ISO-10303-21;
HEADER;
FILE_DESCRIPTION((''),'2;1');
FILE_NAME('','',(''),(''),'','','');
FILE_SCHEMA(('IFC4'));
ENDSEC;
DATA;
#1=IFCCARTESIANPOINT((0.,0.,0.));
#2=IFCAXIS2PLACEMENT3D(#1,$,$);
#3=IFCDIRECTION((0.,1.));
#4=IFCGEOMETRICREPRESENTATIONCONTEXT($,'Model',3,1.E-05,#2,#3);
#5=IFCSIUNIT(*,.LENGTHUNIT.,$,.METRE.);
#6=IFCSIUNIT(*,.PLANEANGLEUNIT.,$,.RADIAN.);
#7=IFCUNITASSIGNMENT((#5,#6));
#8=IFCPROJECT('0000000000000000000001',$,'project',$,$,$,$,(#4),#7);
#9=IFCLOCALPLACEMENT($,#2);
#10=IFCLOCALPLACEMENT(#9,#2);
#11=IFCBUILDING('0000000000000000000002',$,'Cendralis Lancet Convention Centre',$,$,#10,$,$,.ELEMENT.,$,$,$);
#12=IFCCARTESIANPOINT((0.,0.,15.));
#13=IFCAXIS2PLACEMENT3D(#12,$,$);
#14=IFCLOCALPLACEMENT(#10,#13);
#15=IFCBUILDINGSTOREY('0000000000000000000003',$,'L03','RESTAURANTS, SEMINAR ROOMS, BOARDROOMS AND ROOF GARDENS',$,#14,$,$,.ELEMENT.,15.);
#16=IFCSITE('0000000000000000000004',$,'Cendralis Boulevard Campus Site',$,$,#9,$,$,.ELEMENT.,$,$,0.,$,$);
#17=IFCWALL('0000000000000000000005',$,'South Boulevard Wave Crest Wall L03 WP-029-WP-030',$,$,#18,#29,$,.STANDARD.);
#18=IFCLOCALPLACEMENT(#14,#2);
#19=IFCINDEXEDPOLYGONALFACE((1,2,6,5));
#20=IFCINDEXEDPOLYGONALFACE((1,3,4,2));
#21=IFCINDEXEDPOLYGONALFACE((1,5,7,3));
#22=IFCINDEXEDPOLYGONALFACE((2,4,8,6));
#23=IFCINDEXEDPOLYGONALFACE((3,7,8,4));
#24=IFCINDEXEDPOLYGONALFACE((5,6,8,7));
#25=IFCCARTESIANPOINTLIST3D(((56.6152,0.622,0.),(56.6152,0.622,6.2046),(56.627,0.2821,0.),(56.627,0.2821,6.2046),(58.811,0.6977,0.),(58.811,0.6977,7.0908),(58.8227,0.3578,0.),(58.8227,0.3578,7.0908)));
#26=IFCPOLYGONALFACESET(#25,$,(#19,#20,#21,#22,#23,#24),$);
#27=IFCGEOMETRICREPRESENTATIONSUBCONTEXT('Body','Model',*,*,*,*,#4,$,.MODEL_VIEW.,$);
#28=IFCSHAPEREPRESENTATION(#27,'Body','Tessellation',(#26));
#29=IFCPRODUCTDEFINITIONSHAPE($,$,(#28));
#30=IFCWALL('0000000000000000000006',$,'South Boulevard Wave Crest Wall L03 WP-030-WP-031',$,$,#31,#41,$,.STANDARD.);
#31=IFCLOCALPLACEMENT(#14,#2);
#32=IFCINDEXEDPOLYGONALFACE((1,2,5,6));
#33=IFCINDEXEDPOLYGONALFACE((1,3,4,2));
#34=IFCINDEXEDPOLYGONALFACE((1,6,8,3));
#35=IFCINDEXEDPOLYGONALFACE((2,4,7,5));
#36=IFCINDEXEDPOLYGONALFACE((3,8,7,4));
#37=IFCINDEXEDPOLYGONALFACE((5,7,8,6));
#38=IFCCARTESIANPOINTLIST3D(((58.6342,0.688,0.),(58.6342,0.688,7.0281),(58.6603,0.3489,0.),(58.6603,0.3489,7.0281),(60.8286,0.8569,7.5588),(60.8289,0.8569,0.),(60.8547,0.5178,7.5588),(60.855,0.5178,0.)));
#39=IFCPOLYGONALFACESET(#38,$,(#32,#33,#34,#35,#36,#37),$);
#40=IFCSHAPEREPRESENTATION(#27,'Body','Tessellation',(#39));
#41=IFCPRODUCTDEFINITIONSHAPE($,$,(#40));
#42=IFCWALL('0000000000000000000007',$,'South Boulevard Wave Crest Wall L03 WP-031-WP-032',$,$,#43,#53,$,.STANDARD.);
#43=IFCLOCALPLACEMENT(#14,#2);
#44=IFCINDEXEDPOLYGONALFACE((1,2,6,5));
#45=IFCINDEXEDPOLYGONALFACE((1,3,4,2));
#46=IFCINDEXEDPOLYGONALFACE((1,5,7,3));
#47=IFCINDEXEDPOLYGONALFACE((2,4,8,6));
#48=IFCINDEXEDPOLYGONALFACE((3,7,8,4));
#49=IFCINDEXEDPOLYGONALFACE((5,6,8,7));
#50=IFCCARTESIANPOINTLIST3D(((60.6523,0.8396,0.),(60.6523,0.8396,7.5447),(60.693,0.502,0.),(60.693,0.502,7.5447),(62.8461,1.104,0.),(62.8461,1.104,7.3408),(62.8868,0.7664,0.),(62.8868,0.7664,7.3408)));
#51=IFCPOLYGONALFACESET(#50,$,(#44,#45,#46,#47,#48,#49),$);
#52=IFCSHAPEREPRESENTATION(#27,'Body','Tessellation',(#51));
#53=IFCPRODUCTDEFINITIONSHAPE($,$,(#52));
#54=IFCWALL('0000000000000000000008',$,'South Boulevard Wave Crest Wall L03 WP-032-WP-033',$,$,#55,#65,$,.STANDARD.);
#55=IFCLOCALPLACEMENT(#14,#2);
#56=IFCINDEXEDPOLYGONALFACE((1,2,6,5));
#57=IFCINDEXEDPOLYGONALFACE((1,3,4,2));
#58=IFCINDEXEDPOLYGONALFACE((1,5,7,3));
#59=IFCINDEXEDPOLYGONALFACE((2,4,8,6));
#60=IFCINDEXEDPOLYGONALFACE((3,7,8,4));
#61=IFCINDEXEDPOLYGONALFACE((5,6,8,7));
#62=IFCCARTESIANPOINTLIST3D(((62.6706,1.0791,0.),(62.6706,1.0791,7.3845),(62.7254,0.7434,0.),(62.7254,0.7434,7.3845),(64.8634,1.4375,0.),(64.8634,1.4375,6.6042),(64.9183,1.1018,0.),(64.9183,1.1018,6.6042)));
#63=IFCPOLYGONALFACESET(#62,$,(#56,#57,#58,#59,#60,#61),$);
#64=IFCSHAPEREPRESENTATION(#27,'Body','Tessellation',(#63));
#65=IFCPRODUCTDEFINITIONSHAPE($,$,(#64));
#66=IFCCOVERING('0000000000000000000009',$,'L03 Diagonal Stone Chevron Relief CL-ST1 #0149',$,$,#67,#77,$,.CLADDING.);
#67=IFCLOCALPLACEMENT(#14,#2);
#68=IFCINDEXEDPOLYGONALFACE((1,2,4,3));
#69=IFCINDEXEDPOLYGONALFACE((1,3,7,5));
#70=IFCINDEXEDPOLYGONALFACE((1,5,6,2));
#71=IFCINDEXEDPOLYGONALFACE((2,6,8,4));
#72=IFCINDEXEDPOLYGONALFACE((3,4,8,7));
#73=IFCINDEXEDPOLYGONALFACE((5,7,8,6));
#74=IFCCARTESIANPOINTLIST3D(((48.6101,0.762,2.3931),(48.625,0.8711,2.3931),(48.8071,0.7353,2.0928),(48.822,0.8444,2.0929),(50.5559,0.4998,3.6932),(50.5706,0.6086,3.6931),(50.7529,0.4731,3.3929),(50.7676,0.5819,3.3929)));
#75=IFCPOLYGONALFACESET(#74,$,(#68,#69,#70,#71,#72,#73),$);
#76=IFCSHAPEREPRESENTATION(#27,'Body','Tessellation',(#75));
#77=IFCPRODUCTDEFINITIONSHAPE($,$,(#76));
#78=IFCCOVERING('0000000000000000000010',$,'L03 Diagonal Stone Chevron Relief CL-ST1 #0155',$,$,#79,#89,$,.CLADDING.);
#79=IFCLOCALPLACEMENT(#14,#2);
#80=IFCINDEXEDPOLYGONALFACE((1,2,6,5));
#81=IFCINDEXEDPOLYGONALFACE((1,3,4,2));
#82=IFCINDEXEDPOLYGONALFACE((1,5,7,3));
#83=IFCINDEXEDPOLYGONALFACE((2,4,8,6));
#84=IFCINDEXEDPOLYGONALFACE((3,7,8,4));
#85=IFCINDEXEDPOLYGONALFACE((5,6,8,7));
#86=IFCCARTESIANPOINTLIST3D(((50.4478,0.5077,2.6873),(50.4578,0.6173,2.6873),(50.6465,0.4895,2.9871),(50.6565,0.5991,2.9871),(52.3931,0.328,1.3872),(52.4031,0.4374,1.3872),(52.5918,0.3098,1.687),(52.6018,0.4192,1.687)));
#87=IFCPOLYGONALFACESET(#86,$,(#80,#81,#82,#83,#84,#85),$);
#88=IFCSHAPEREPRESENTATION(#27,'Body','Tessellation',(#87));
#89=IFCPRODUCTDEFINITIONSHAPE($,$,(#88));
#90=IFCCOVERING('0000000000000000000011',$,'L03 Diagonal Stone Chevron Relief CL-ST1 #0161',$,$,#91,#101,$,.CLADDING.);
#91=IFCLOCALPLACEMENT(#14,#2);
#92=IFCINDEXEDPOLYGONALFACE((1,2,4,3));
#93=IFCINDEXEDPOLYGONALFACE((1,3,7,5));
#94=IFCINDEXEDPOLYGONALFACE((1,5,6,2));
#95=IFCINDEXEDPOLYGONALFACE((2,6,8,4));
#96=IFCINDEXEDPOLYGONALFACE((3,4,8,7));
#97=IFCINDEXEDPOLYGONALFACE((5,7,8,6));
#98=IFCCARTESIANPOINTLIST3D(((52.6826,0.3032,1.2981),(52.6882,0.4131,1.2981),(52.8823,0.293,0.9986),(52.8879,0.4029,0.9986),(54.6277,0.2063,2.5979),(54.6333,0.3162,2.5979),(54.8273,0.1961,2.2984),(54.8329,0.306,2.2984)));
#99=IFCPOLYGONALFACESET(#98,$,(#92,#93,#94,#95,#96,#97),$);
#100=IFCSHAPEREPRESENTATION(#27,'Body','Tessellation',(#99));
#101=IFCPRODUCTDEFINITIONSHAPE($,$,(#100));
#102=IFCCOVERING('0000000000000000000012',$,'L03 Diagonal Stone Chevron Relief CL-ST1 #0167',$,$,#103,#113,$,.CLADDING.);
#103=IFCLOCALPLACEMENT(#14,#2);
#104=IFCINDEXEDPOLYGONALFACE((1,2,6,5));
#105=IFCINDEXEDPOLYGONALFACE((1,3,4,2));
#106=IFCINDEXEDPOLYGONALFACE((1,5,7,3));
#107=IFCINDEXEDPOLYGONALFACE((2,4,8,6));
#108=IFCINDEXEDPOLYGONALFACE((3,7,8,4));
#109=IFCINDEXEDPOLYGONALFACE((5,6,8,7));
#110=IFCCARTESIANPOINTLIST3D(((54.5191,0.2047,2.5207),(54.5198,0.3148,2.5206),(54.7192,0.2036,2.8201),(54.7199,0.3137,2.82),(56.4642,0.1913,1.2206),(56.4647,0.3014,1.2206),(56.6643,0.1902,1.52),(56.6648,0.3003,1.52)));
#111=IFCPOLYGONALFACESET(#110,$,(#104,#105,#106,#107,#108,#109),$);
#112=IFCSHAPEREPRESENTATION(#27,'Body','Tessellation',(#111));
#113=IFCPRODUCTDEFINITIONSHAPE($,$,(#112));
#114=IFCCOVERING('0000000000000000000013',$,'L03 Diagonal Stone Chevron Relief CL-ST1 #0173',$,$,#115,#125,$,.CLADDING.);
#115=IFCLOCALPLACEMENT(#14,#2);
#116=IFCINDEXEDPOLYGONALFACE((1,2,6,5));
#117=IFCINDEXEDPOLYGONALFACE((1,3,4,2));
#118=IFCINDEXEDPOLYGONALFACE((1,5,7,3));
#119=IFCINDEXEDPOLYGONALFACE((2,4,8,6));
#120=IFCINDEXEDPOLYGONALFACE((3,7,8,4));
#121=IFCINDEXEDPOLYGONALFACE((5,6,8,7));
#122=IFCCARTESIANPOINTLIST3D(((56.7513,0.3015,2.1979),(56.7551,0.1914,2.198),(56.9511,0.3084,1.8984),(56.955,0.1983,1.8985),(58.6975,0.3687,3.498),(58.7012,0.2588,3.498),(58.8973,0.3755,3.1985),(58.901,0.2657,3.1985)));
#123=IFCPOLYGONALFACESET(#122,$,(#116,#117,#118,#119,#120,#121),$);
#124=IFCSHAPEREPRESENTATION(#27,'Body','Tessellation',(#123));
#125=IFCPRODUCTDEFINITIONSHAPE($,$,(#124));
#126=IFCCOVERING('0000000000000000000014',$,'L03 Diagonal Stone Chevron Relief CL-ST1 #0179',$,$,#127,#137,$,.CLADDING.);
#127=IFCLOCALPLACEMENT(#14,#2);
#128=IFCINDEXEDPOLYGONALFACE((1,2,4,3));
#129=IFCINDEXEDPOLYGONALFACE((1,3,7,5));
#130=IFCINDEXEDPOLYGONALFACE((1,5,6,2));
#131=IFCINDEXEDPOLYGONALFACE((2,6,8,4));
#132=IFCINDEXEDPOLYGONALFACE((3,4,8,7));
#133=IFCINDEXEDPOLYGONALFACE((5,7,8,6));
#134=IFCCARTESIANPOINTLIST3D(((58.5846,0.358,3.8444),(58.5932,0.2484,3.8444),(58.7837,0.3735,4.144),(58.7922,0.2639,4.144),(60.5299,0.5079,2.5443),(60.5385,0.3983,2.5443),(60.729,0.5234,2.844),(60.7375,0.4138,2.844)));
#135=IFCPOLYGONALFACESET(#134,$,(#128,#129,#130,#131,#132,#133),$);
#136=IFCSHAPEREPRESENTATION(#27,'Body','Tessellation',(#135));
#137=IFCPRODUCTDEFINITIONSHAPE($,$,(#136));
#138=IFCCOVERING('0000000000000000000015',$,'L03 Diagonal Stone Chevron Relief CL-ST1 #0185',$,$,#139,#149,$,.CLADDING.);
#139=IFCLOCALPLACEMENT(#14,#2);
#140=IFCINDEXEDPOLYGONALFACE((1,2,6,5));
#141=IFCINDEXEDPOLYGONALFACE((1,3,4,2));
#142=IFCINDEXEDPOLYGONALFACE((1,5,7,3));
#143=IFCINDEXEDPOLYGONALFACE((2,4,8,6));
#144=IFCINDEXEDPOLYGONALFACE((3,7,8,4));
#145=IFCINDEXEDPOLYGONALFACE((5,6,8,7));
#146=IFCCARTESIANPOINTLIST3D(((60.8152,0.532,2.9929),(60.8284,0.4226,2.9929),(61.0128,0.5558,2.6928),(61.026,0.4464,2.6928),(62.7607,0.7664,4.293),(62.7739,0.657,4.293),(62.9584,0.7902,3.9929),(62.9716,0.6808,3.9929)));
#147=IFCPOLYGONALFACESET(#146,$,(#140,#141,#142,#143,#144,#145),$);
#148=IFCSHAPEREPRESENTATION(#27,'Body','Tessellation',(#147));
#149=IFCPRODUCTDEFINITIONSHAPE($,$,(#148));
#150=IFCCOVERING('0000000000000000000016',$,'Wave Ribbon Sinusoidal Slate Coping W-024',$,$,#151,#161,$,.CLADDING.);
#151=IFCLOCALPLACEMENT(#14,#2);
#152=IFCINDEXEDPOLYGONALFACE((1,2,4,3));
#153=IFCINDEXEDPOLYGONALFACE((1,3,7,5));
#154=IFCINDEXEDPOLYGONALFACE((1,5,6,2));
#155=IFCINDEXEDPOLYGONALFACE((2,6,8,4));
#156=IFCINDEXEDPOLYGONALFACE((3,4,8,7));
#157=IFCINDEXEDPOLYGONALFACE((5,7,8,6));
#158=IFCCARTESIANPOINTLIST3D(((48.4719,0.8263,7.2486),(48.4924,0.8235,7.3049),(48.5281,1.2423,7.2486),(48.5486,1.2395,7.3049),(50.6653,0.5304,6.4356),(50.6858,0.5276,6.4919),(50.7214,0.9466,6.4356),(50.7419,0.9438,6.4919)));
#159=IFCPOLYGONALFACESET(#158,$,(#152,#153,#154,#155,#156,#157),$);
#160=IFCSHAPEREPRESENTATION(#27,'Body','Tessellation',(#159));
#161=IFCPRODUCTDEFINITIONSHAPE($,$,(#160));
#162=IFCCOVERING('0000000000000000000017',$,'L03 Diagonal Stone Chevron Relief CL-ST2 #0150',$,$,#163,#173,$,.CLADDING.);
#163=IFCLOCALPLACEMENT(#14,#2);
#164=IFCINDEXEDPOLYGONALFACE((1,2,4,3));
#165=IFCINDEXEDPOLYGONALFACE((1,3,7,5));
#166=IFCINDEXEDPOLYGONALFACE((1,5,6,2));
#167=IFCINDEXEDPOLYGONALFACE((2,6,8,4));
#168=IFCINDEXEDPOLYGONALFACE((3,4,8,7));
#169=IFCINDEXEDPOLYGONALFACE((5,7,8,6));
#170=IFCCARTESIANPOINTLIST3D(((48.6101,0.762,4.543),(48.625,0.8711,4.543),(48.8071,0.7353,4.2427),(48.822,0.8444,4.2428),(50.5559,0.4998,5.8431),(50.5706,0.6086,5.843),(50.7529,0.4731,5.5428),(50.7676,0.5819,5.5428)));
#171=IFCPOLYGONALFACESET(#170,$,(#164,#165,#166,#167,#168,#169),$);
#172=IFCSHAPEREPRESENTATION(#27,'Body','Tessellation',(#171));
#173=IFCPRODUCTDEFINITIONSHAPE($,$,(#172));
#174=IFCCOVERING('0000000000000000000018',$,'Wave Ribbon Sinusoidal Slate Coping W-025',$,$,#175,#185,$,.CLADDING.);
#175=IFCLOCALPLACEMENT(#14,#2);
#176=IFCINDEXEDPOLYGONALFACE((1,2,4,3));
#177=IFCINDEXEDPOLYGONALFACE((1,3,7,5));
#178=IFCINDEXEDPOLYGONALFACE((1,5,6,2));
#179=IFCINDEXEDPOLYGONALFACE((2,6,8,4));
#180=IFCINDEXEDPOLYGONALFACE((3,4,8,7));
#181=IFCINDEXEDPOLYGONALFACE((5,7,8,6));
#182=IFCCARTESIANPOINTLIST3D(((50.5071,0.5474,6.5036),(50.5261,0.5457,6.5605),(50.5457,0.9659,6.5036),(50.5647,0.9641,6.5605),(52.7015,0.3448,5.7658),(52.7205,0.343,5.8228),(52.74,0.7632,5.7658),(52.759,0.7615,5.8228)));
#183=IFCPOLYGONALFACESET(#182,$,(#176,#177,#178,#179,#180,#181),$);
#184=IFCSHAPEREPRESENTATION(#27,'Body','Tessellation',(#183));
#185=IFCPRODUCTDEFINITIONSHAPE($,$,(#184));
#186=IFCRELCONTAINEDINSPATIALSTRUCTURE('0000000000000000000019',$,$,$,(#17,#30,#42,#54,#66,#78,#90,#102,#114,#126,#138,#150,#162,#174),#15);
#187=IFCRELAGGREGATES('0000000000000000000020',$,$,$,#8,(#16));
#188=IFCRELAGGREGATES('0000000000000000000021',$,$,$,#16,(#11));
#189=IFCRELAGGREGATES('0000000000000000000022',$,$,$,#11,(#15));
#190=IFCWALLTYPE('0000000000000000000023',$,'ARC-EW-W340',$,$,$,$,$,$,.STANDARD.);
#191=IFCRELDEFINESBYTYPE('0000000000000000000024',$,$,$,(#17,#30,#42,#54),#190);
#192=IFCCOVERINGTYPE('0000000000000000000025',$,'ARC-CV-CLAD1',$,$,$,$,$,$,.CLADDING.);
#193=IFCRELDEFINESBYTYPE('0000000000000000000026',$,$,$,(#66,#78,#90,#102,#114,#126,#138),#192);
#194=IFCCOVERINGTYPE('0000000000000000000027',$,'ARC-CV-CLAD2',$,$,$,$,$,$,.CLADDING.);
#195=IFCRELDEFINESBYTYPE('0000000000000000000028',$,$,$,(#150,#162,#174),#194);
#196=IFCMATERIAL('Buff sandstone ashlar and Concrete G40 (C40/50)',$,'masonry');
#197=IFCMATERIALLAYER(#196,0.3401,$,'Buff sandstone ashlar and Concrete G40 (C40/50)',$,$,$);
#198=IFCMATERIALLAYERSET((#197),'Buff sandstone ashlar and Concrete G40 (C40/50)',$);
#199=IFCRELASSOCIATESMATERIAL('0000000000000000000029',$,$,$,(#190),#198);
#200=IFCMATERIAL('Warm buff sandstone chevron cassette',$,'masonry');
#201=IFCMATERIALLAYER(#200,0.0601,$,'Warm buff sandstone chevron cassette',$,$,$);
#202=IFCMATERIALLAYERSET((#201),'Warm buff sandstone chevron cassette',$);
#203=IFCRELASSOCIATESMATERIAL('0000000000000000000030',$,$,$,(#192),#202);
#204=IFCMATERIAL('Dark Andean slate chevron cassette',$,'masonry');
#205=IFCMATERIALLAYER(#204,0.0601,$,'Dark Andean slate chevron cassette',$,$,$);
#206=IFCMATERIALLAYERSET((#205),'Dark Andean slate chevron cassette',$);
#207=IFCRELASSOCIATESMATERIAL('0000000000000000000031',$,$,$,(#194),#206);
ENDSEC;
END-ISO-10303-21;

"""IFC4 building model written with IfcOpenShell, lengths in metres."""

from ifc_helpers import new_model, si_unit, direction, frame, origin, place, context, subcontext, project, spatial, polyline, outline, extrude, material, layer, layer_set, type_object, element, save


model = new_model("IFC4")

# Units and contexts
model_context = context("Model", 3, precision=1e-05, world=origin(), true_north=direction((0.0, 1.0)))
body_context = subcontext(model_context, "Body", "Model", "MODEL_VIEW")
ifc_project = project(units=[si_unit("LENGTHUNIT", "METRE"), si_unit("PLANEANGLEUNIT", "RADIAN")], contexts=[model_context])

# Site, building, storey
site_placement = place(None, origin())
site = spatial("IfcSite", under=ifc_project, at=site_placement, Name="Cendralis Boulevard Campus Site", CompositionType="ELEMENT", RefElevation=0.0)
building_placement = place(site_placement, origin())
building = spatial("IfcBuilding", under=site, at=building_placement, Name="Cendralis Lancet Convention Centre", CompositionType="ELEMENT")
storey_placement = place(building_placement, frame((0.0, 0.0, 15.0)))
storey = spatial("IfcBuildingStorey", under=building, at=storey_placement, Name="L03", Description="RESTAURANTS, SEMINAR ROOMS, BOARDROOMS AND ROOF GARDENS", CompositionType="ELEMENT", Elevation=15.0)

# Shared definitions
ifc_material_1 = material(Name="Warm buff sandstone chevron cassette", Category="masonry")
ifc_material_2 = material(Name="Dark Andean slate chevron cassette", Category="masonry")

# Walls
ifc_material_3 = material(Name="Buff sandstone ashlar and Concrete G40 (C40/50)", Category="masonry")
ifc_layer_1 = layer(ifc_material_3, 0.3401, Name="Buff sandstone ashlar and Concrete G40 (C40/50)")
ifc_layer_set_1 = layer_set([ifc_layer_1], Name="Buff sandstone ashlar and Concrete G40 (C40/50)")
wall_type = type_object("IfcWallType", Name="ARC-EW-W340", PredefinedType="STANDARD", material=ifc_layer_set_1)
wall_1_placement = place(storey_placement, frame((56.6211, 0.4521, 0.0), z_axis=(0.0, 0.0, 1.0), x_axis=(0.999407, 0.034447, 0.0)))
element("IfcWall", 1, at=wall_1_placement, inside=storey, type_object=wall_type, Name="South Boulevard Wave Crest Wall L03 WP-029-WP-030", PredefinedType="STANDARD", context=body_context, shape_type="SweptSolid", body=[
    extrude(outline(polyline([(0.0, 0.0), (2.197, 0.0), (2.197, 7.0908), (0.0, 6.2046), (0.0, 0.0)])), frame((0.0, 0.1699, 0.0), z_axis=(0.0, -1.0, 0.0), x_axis=(1.0, 0.0, 0.0)), (0.0, 0.0, 1.0), 0.3401),
])
wall_2_placement = place(storey_placement, frame((58.6472, 0.5186, 0.0), z_axis=(0.0, 0.0, 1.0), x_axis=(0.99705, 0.076756, 0.0)))
element("IfcWall", 2, at=wall_2_placement, inside=storey, type_object=wall_type, Name="South Boulevard Wave Crest Wall L03 WP-030-WP-031", PredefinedType="STANDARD", context=body_context, shape_type="SweptSolid", body=[
    extrude(outline(polyline([(0.0, 0.0), (2.2012, 0.0), (2.2009, 7.5588), (0.0, 7.0281), (0.0, 0.0)])), frame((0.0, 0.1699, 0.0), z_axis=(0.0, -1.0, 0.0), x_axis=(1.0, 0.0, 0.0)), (0.0, 0.0, 1.0), 0.3401),
])
wall_3_placement = place(storey_placement, frame((60.6726, 0.6709, 0.0), z_axis=(0.0, 0.0, 1.0), x_axis=(0.992816, 0.119655, 0.0)))
element("IfcWall", 3, at=wall_3_placement, inside=storey, type_object=wall_type, Name="South Boulevard Wave Crest Wall L03 WP-031-WP-032", PredefinedType="STANDARD", context=body_context, shape_type="SweptSolid", body=[
    extrude(outline(polyline([(0.0, 0.0), (2.2097, 0.0), (2.2097, 7.3408), (0.0, 7.5447), (0.0, 0.0)])), frame((0.0, 0.1699, 0.0), z_axis=(0.0, -1.0, 0.0), x_axis=(1.0, 0.0, 0.0)), (0.0, 0.0, 1.0), 0.3401),
])
wall_4_placement = place(storey_placement, frame((62.698, 0.9114, 0.0), z_axis=(0.0, 0.0, 1.0), x_axis=(0.986906, 0.161298, 0.0)))
element("IfcWall", 4, at=wall_4_placement, inside=storey, type_object=wall_type, Name="South Boulevard Wave Crest Wall L03 WP-032-WP-033", PredefinedType="STANDARD", context=body_context, shape_type="SweptSolid", body=[
    extrude(outline(polyline([(0.0, 0.0), (2.2219, 0.0), (2.2219, 6.6042), (0.0, 7.3845), (0.0, 0.0)])), frame((0.0, 0.1699, 0.0), z_axis=(0.0, -1.0, 0.0), x_axis=(1.0, 0.0, 0.0)), (0.0, 0.0, 1.0), 0.3401),
])

# Coverings
ifc_layer_2 = layer(ifc_material_1, 0.0601, Name="Warm buff sandstone chevron cassette")
ifc_layer_set_2 = layer_set([ifc_layer_2], Name="Warm buff sandstone chevron cassette")
covering_type_1 = type_object("IfcCoveringType", Name="ARC-CV-CLAD1", PredefinedType="CLADDING", material=ifc_layer_set_2)
covering_1_placement = place(storey_placement, frame((48.6101, 0.762, 2.3931), z_axis=(-0.547109, 0.074132, 0.833772), x_axis=(0.826304, -0.111349, 0.552108)))
element("IfcCovering", 5, at=covering_1_placement, inside=storey, type_object=covering_type_1, Name="L03 Diagonal Stone Chevron Relief CL-ST1 #0149", PredefinedType="CLADDING", context=body_context, shape_type="SweptSolid", body=[
    extrude(outline(polyline([(0.0, 0.0), (2.3548, 0.0), (2.3548, 0.1099), (0.0002, 0.1101), (0.0, 0.0)])), origin(), (0.0, 0.0, -1.0), 0.3601),
])
covering_2_placement = place(storey_placement, frame((50.6465, 0.4895, 2.9871), z_axis=(0.551705, -0.050435, 0.832513), x_axis=(0.828984, -0.076573, -0.554005)))
element("IfcCovering", 6, at=covering_2_placement, inside=storey, type_object=covering_type_1, Name="L03 Diagonal Stone Chevron Relief CL-ST1 #0155", PredefinedType="CLADDING", context=body_context, shape_type="SweptSolid", body=[
    extrude(outline(polyline([(0.0, 0.0), (2.3466, 0.0), (2.3465, 0.1098), (-0.0001, 0.1101), (0.0, 0.0)])), origin(), (0.0, 0.0, -1.0), 0.3601),
])
covering_3_placement = place(storey_placement, frame((52.6826, 0.3032, 1.2981), z_axis=(-0.554415, 0.028337, 0.831758), x_axis=(0.830727, -0.041396, 0.555139)))
element("IfcCovering", 7, at=covering_3_placement, inside=storey, type_object=covering_type_1, Name="L03 Diagonal Stone Chevron Relief CL-ST1 #0161", PredefinedType="CLADDING", context=body_context, shape_type="SweptSolid", body=[
    extrude(outline(polyline([(0.0, 0.0), (2.3414, 0.0), (2.3415, 0.11), (0.0001, 0.11), (0.0, 0.0)])), origin(), (0.0, 0.0, -1.0), 0.3601),
])
covering_4_placement = place(storey_placement, frame((54.7192, 0.2036, 2.8201), z_axis=(0.555694, -0.00308, 0.831381), x_axis=(0.831362, -0.005739, -0.555702)))
element("IfcCovering", 8, at=covering_4_placement, inside=storey, type_object=covering_type_1, Name="L03 Diagonal Stone Chevron Relief CL-ST1 #0167", PredefinedType="CLADDING", context=body_context, shape_type="SweptSolid", body=[
    extrude(outline(polyline([(0.0, 0.0), (2.3396, 0.0), (2.3393, 0.1101), (0.0, 0.1101), (0.0, 0.0)])), origin(), (0.0, 0.0, -1.0), 0.3601),
])
covering_5_placement = place(storey_placement, frame((56.7551, 0.1914, 2.198), z_axis=(-0.554913, -0.019092, 0.831689), x_axis=(0.831191, 0.02878, 0.555241)))
element("IfcCovering", 9, at=covering_5_placement, inside=storey, type_object=covering_type_1, Name="L03 Diagonal Stone Chevron Relief CL-ST1 #0173", PredefinedType="CLADDING", context=body_context, shape_type="SweptSolid", body=[
    extrude(outline(polyline([(0.0, 0.0), (2.3413, 0.0), (2.3414, 0.1099), (-0.0001, 0.1102), (0.0, 0.0)])), origin(), (0.0, 0.0, -1.0), 0.3601),
])
covering_6_placement = place(storey_placement, frame((58.7922, 0.2639, 4.144), z_axis=(0.552825, 0.043093, 0.832182), x_axis=(0.829723, 0.063937, -0.554502)))
element("IfcCovering", 10, at=covering_6_placement, inside=storey, type_object=covering_type_1, Name="L03 Diagonal Stone Chevron Relief CL-ST1 #0179", PredefinedType="CLADDING", context=body_context, shape_type="SweptSolid", body=[
    extrude(outline(polyline([(0.0, 0.0), (2.3445, 0.0), (2.3445, 0.11), (-0.0001, 0.11), (0.0, 0.0)])), origin(), (0.0, 0.0, -1.0), 0.3601),
])
covering_7_placement = place(storey_placement, frame((60.8284, 0.4226, 2.9929), z_axis=(-0.548852, -0.066156, 0.833298), x_axis=(0.827316, 0.099664, 0.552825)))
element("IfcCovering", 11, at=covering_7_placement, inside=storey, type_object=covering_type_1, Name="L03 Diagonal Stone Chevron Relief CL-ST1 #0185", PredefinedType="CLADDING", context=body_context, shape_type="SweptSolid", body=[
    extrude(outline(polyline([(0.0, 0.0), (2.3516, 0.0), (2.3516, 0.1102), (0.0, 0.1102), (0.0, 0.0)])), origin(), (0.0, 0.0, -1.0), 0.3601),
])
ifc_layer_3 = layer(ifc_material_2, 0.0601, Name="Dark Andean slate chevron cassette")
ifc_layer_set_3 = layer_set([ifc_layer_3], Name="Dark Andean slate chevron cassette")
covering_type_2 = type_object("IfcCoveringType", Name="ARC-CV-CLAD2", PredefinedType="CLADDING", material=ifc_layer_set_3)
covering_8_placement = place(storey_placement, frame((48.4924, 0.8235, 7.3049), z_axis=(0.34171, -0.046109, 0.938674), x_axis=(0.930247, -0.125496, -0.344807)))
element("IfcCovering", 12, at=covering_8_placement, inside=storey, type_object=covering_type_2, Name="Wave Ribbon Sinusoidal Slate Coping W-024", PredefinedType="CLADDING", context=body_context, shape_type="SweptSolid", body=[
    extrude(outline(polyline([(0.0, 0.0), (2.3578, 0.0), (2.3578, 0.42), (0.0, 0.4198), (0.0, 0.0)])), origin(), (0.0, 0.0, -1.0), 0.0601),
])
covering_9_placement = place(storey_placement, frame((48.6101, 0.762, 4.543), z_axis=(-0.547109, 0.074132, 0.833772), x_axis=(0.826304, -0.111349, 0.552108)))
element("IfcCovering", 13, at=covering_9_placement, inside=storey, type_object=covering_type_2, Name="L03 Diagonal Stone Chevron Relief CL-ST2 #0150", PredefinedType="CLADDING", context=body_context, shape_type="SweptSolid", body=[
    extrude(outline(polyline([(0.0, 0.0), (2.3548, 0.0), (2.3548, 0.1099), (0.0002, 0.1101), (0.0, 0.0)])), origin(), (0.0, 0.0, -1.0), 0.3601),
])
covering_10_placement = place(storey_placement, frame((50.5261, 0.5457, 6.5605), z_axis=(0.31614, -0.029142, 0.948265), x_axis=(0.944247, -0.087197, -0.317481)))
element("IfcCovering", 14, at=covering_10_placement, inside=storey, type_object=covering_type_2, Name="Wave Ribbon Sinusoidal Slate Coping W-025", PredefinedType="CLADDING", context=body_context, shape_type="SweptSolid", body=[
    extrude(outline(polyline([(0.0, 0.0), (2.3239, 0.0), (2.3238, 0.4202), (-0.0001, 0.4202), (0.0, 0.0)])), origin(), (0.0, 0.0, -1.0), 0.0601),
])

save(model, "model.ifc")
